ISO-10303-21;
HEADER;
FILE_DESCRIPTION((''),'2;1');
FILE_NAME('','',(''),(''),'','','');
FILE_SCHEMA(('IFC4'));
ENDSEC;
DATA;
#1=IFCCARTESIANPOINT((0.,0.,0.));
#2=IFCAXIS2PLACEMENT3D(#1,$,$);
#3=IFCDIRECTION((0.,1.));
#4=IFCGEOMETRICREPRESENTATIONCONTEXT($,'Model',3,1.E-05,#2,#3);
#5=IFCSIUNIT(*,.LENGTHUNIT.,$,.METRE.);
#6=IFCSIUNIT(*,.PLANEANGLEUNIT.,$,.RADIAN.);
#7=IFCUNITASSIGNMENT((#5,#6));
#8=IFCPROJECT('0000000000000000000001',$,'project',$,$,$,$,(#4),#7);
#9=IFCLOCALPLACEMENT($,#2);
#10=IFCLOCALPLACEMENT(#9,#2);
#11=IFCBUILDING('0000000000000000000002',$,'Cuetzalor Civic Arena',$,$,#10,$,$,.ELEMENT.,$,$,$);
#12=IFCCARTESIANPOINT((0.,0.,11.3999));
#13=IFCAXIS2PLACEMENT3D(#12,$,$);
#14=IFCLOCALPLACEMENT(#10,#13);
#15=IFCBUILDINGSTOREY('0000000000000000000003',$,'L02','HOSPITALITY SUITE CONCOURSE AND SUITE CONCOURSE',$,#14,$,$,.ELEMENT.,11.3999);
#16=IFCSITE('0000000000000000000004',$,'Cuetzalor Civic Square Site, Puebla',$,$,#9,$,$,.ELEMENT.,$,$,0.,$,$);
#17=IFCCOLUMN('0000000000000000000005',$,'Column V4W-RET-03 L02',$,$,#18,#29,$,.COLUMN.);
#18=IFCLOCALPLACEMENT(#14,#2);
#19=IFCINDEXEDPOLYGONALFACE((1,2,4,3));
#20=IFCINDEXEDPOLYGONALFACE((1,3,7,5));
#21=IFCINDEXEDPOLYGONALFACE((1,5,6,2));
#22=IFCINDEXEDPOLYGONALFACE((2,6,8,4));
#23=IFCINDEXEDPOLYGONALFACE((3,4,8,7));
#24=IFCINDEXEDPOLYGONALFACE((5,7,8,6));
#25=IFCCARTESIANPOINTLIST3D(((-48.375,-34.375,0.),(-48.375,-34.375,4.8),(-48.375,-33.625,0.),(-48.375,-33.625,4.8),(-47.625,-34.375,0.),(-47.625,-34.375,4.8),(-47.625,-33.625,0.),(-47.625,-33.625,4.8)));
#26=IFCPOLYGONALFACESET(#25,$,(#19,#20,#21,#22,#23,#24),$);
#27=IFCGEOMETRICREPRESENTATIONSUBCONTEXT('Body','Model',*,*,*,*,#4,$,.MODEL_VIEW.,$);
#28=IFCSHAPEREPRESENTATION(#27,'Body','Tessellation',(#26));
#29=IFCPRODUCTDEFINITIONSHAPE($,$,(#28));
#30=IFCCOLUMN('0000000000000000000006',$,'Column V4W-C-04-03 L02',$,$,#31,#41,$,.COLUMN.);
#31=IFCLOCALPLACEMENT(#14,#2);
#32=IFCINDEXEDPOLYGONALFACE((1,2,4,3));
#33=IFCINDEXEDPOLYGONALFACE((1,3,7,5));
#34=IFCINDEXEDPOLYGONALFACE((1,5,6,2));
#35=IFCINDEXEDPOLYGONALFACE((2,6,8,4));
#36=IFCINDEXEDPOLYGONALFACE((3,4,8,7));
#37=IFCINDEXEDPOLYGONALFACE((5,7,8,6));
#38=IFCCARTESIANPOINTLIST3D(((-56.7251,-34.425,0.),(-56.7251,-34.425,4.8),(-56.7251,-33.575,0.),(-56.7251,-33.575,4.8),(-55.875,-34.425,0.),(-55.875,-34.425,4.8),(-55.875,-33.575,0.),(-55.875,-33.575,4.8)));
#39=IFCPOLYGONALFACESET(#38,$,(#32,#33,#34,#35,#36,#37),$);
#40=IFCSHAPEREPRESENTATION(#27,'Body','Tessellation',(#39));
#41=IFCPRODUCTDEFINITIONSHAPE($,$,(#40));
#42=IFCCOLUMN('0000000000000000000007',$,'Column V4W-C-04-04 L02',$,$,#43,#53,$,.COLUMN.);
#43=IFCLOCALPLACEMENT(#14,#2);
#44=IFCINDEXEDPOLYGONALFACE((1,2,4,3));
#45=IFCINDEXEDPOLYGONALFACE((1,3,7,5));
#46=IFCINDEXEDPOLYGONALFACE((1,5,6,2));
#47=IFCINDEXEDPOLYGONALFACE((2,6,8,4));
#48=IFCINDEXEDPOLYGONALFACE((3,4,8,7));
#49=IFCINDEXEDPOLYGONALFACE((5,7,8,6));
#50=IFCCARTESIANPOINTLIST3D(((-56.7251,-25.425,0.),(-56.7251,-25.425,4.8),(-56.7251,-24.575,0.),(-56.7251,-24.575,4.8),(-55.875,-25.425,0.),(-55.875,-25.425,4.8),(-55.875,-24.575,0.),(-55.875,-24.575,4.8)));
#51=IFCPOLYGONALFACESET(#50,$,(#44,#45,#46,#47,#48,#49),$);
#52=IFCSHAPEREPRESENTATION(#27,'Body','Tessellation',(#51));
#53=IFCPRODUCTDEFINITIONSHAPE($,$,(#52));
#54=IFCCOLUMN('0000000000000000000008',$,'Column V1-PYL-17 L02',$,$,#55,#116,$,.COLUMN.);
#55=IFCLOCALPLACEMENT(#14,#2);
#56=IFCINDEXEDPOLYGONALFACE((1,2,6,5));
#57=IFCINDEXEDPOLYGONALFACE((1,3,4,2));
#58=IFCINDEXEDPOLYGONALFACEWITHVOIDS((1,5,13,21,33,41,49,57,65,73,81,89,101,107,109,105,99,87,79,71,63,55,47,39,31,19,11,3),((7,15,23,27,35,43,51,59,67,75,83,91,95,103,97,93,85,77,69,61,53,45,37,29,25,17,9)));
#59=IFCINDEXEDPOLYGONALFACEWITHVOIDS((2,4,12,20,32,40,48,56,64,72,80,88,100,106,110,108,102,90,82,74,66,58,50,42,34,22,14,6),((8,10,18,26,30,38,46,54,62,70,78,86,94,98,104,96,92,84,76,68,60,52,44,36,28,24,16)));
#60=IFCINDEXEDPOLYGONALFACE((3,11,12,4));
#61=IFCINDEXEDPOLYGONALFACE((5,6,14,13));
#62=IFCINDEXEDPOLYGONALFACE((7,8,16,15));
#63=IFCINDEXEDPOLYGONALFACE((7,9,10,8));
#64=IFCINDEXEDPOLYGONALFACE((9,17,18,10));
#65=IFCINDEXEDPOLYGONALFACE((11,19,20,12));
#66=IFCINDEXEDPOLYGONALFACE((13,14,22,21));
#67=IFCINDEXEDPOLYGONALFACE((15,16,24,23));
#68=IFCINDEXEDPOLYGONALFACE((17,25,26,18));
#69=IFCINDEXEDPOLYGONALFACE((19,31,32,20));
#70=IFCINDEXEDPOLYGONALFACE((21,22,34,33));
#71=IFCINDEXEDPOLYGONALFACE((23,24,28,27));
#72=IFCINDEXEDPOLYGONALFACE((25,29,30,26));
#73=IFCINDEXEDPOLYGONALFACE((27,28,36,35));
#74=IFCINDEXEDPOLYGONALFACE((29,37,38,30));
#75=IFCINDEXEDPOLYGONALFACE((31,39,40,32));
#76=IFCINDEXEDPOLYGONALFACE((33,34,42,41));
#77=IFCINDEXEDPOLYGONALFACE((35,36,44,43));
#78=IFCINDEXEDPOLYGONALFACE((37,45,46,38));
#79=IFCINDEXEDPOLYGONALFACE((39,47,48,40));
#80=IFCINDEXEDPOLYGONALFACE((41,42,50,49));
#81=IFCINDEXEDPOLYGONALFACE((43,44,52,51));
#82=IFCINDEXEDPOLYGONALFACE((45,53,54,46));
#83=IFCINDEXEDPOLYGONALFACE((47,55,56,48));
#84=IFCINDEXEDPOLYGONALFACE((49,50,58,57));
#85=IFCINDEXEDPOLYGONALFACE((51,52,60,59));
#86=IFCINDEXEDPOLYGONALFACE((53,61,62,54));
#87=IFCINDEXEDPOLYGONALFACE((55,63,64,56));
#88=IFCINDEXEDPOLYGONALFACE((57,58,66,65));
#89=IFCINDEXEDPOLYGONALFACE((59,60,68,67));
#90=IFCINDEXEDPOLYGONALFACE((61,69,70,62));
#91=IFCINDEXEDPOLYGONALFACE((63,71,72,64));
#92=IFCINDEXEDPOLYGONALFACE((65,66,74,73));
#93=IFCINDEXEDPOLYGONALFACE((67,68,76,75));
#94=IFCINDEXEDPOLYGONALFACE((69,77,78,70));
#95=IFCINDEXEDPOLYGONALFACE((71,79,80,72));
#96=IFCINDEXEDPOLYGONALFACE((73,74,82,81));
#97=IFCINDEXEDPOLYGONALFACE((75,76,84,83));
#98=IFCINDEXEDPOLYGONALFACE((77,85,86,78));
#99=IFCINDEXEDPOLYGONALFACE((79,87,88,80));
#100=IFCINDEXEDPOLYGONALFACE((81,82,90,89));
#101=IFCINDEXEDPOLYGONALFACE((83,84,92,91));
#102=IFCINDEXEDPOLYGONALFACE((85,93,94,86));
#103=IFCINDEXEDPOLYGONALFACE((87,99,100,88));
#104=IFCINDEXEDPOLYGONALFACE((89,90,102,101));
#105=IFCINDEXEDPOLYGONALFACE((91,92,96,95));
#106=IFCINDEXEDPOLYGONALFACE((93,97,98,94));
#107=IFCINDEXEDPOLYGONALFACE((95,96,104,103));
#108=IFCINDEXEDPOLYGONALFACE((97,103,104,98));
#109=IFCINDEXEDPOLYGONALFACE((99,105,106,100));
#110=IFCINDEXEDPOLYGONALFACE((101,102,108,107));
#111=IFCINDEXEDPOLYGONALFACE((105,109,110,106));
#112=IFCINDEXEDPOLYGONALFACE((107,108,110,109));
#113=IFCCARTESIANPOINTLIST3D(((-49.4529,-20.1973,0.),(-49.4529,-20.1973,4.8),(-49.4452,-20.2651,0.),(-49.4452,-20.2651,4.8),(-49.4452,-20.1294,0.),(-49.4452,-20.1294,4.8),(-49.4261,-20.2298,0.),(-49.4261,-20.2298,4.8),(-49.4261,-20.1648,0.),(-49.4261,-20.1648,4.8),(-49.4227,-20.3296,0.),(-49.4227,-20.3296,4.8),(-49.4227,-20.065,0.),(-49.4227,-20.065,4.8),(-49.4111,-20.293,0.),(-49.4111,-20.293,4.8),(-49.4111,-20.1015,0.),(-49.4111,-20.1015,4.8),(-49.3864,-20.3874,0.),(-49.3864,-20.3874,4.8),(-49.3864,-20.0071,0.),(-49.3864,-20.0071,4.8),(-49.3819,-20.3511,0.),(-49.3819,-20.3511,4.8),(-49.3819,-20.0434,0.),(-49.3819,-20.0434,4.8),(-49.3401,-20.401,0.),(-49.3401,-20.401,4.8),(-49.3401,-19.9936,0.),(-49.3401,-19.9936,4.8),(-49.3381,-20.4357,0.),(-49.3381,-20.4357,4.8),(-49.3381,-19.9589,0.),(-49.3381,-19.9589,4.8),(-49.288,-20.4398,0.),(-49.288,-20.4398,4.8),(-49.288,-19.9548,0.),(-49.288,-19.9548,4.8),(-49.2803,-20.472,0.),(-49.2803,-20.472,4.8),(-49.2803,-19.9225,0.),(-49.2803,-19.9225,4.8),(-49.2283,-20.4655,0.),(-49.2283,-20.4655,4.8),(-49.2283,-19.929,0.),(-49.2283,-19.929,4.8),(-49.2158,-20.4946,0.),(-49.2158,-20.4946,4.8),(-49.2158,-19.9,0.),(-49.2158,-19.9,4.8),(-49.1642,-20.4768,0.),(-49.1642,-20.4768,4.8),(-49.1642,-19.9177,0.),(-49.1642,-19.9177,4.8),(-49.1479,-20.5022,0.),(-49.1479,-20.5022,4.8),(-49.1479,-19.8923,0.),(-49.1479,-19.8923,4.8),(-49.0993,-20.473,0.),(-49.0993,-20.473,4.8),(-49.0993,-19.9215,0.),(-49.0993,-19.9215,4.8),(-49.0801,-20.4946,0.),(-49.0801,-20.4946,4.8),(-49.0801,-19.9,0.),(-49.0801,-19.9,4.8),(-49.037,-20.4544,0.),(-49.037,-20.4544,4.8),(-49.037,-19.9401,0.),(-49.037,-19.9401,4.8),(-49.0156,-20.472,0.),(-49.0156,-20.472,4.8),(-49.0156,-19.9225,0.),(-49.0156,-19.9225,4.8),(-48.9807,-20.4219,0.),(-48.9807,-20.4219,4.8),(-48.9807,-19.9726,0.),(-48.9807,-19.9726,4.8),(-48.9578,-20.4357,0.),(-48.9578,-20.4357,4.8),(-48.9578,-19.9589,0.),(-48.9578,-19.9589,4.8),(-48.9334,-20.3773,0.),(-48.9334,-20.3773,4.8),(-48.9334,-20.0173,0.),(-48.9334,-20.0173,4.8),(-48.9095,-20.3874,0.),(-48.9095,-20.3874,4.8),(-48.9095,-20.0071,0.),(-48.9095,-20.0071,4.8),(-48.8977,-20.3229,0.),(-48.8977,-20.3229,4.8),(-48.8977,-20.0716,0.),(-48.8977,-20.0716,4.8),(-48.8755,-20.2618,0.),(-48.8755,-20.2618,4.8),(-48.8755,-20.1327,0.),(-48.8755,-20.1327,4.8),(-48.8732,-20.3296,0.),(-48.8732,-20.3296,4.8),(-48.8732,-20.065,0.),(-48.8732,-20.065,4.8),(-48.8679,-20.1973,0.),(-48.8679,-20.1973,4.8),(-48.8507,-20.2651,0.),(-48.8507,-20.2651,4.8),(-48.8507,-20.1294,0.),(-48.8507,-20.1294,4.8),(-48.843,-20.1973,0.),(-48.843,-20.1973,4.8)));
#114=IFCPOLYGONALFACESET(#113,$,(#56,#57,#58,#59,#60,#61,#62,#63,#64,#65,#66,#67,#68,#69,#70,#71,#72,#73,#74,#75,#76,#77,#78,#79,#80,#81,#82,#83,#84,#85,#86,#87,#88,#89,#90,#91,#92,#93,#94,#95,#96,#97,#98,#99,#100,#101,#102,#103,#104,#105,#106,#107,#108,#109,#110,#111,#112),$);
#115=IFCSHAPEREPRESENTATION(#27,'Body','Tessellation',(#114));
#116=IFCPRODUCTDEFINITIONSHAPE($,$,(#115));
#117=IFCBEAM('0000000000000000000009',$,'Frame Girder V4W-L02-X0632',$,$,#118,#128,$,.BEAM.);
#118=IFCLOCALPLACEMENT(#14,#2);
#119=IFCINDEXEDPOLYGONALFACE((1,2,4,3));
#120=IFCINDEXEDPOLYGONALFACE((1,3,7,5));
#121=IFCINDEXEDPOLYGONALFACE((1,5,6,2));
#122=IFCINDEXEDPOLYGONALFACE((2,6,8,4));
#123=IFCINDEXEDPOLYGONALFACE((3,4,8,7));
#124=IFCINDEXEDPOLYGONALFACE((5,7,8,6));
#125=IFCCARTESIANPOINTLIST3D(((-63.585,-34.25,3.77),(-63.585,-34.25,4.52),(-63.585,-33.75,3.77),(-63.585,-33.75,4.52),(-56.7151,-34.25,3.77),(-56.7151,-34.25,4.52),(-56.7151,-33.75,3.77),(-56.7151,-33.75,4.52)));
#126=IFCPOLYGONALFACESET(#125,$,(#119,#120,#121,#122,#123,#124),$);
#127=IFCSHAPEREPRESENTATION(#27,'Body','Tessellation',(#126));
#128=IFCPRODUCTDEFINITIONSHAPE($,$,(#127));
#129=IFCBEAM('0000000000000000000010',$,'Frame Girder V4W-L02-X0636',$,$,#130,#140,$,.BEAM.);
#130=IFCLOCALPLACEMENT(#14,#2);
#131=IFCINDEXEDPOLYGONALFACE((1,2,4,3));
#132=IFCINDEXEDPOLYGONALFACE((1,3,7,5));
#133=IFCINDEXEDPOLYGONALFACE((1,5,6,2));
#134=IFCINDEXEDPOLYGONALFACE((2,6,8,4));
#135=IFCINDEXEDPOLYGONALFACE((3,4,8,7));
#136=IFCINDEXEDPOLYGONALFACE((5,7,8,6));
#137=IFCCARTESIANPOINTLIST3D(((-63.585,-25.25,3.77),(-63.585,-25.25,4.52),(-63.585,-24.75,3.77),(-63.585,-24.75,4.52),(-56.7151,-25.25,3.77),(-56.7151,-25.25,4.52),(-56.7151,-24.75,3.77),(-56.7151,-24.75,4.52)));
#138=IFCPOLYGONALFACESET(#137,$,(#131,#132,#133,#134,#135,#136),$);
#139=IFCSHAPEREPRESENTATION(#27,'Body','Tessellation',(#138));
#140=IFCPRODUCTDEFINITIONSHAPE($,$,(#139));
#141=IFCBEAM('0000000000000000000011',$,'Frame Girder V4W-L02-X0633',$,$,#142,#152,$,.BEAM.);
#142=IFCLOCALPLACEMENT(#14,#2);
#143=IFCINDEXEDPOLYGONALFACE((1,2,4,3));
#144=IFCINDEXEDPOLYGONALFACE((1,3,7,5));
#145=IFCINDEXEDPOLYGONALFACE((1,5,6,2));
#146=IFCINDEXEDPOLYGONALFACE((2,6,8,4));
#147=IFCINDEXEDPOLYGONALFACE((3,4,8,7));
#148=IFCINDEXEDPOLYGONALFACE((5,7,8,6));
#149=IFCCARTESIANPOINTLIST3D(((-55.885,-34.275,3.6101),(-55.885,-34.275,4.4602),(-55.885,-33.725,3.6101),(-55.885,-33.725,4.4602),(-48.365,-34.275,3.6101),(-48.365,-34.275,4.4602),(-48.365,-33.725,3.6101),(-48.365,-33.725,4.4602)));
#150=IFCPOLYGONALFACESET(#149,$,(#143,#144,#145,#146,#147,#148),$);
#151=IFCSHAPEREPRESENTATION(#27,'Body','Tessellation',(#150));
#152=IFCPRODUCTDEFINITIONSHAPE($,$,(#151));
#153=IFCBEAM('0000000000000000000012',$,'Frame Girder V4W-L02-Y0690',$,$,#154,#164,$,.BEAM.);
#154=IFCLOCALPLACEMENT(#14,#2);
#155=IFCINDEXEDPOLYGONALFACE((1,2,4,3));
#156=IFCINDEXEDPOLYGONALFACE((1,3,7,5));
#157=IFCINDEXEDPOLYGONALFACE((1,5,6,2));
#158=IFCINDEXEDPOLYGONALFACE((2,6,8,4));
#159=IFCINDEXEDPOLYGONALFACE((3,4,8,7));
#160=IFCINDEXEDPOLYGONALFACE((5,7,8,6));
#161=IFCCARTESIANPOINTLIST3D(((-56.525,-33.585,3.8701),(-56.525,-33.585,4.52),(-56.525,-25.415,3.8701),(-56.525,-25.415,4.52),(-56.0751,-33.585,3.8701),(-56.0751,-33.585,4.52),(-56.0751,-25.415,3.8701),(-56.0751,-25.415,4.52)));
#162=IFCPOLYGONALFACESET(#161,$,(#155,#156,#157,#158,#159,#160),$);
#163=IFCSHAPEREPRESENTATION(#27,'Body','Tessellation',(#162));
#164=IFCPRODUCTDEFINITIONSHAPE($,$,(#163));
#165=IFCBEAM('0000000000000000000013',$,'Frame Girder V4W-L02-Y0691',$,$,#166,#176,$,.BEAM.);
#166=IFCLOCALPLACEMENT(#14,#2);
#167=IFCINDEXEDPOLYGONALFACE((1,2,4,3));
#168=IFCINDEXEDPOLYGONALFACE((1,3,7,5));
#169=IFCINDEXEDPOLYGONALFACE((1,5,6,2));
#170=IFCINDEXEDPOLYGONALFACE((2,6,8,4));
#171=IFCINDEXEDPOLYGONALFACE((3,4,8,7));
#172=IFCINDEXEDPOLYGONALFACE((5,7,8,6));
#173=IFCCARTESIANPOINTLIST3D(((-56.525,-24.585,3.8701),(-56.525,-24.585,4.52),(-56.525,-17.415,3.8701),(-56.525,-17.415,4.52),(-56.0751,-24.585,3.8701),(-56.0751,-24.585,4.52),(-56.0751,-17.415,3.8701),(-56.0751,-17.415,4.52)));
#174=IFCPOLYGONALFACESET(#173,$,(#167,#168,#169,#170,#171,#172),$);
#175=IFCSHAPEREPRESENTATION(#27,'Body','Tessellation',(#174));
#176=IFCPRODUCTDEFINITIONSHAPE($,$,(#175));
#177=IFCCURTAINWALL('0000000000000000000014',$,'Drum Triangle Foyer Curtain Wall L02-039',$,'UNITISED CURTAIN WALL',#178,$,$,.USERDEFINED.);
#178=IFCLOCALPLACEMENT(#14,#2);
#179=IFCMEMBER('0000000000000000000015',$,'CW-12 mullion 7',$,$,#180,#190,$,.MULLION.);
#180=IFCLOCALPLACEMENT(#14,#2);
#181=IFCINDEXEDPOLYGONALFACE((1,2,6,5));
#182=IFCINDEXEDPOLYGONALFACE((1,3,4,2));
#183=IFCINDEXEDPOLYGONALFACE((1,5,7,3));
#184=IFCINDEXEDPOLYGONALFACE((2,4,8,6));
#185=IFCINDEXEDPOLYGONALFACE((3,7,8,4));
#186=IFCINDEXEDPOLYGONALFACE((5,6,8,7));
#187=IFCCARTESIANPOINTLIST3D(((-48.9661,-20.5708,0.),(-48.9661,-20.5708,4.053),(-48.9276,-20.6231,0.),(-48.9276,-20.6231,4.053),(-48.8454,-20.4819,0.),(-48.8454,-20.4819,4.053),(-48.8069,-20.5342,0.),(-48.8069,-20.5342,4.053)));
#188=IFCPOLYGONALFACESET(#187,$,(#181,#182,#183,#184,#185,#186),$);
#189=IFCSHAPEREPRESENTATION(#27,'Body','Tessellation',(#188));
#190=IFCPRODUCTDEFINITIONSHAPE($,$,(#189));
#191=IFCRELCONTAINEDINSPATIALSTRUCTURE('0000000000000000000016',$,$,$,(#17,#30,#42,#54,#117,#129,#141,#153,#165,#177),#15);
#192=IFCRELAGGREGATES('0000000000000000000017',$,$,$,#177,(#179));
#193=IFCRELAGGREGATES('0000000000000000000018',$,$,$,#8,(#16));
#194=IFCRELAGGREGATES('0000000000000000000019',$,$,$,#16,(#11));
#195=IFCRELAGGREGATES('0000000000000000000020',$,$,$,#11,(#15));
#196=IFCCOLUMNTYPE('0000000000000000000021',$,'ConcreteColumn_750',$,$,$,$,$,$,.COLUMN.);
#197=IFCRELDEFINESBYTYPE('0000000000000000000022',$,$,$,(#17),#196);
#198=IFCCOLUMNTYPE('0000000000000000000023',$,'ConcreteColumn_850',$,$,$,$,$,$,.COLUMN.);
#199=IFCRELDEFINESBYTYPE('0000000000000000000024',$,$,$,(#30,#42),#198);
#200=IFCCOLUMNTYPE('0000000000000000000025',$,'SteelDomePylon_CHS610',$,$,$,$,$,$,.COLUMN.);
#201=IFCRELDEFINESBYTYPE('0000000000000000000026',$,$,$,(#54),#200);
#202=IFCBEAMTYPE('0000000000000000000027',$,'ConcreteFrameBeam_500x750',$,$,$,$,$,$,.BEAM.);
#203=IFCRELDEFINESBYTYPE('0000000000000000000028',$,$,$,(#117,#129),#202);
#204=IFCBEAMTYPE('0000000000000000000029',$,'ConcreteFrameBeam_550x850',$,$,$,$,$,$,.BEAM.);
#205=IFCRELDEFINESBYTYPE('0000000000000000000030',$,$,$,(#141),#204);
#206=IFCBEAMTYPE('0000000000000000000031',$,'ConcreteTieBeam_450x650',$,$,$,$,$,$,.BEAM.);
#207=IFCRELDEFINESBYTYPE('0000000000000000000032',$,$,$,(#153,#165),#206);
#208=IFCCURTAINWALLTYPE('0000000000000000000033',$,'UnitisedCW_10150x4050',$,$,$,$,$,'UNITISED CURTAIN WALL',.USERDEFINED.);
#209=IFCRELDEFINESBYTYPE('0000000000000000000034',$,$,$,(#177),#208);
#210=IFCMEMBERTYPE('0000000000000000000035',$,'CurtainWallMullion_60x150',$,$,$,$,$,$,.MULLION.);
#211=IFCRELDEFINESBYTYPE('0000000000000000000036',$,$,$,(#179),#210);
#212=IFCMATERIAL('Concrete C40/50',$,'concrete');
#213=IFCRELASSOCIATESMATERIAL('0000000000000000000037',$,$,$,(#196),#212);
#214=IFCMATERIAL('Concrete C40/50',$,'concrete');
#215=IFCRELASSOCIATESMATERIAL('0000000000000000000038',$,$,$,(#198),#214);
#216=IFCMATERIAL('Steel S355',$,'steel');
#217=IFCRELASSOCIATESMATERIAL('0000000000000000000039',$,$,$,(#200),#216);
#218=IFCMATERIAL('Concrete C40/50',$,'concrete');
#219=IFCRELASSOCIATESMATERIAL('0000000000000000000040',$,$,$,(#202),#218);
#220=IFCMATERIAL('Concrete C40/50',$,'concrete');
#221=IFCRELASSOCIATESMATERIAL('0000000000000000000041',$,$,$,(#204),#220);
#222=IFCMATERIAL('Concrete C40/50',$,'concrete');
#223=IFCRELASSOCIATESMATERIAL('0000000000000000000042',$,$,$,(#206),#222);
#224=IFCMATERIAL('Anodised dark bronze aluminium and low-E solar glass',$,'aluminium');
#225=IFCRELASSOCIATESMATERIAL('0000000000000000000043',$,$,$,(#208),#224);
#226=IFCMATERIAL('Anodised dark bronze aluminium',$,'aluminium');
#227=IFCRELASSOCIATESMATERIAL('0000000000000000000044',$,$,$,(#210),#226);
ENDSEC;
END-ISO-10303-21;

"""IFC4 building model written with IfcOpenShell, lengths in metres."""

from ifc_helpers import new_model, si_unit, direction, frame, origin, origin_2d, place, context, subcontext, project, spatial, rectangle, hollow_circle, extrude, material, material_profile, profile_set, type_object, element, aggregate, save


model = new_model("IFC4")

# Units and contexts
model_context = context("Model", 3, precision=1e-05, world=origin(), true_north=direction((0.0, 1.0)))
body_context = subcontext(model_context, "Body", "Model", "MODEL_VIEW")
ifc_project = project(units=[si_unit("LENGTHUNIT", "METRE"), si_unit("PLANEANGLEUNIT", "RADIAN")], contexts=[model_context])

# Site, building, storey
site_placement = place(None, origin())
site = spatial("IfcSite", under=ifc_project, at=site_placement, Name="Cuetzalor Civic Square Site, Puebla", CompositionType="ELEMENT", RefElevation=0.0)
building_placement = place(site_placement, origin())
building = spatial("IfcBuilding", under=site, at=building_placement, Name="Cuetzalor Civic Arena", CompositionType="ELEMENT")
storey_placement = place(building_placement, frame((0.0, 0.0, 11.3999)))
storey = spatial("IfcBuildingStorey", under=building, at=storey_placement, Name="L02", Description="HOSPITALITY SUITE CONCOURSE AND SUITE CONCOURSE", CompositionType="ELEMENT", Elevation=11.3999)

# Columns
ifc_material_1 = material(Name="Concrete C40/50", Category="concrete")
ifc_material_profile_1 = material_profile(ifc_material_1, rectangle(XDim=0.75, YDim=0.75, at=origin_2d()), Name="RC 750x750")
ifc_profile_set_1 = profile_set([ifc_material_profile_1], Name="Concrete C40/50")
column_type_1 = type_object("IfcColumnType", Name="ConcreteColumn_750", PredefinedType="COLUMN", material=ifc_profile_set_1)
column_1_placement = place(storey_placement, frame((-48.0, -34.0, 0.0), z_axis=(0.0, 0.0, 1.0), x_axis=(1.0, 0.0, 0.0)))
element("IfcColumn", 1, at=column_1_placement, inside=storey, type_object=column_type_1, Name="Column V4W-RET-03 L02", PredefinedType="COLUMN", context=body_context, shape_type="SweptSolid", body=[
    extrude(rectangle(XDim=0.75, YDim=0.75, at=origin_2d()), origin(), (0.0, 0.0, 1.0), 4.8),
])
ifc_material_2 = material(Name="Concrete C40/50", Category="concrete")
ifc_material_profile_2 = material_profile(ifc_material_2, rectangle(XDim=0.8501, YDim=0.8501, at=origin_2d()), Name="RC 850x850")
ifc_profile_set_2 = profile_set([ifc_material_profile_2], Name="Concrete C40/50")
column_type_2 = type_object("IfcColumnType", Name="ConcreteColumn_850", PredefinedType="COLUMN", material=ifc_profile_set_2)
for number, where, z_axis, x_axis, name in (
    (2, (-56.3, -34.0, 0.0), (0.0, 0.0, 1.0), (1.0, 0.0, 0.0), "Column V4W-C-04-03 L02"),
    (3, (-56.3, -25.0, 0.0), (0.0, 0.0, 1.0), (1.0, 0.0, 0.0), "Column V4W-C-04-04 L02"),
):
    element("IfcColumn", number, at=place(storey_placement, frame(where, z_axis=z_axis, x_axis=x_axis)), inside=storey, type_object=column_type_2, Name=name, PredefinedType="COLUMN", context=body_context, shape_type="SweptSolid", body=[
        extrude(rectangle(XDim=0.8501, YDim=0.8501, at=origin_2d()), origin(), (0.0, 0.0, 1.0), 4.8),
    ])
ifc_material_3 = material(Name="Steel S355", Category="steel")
ifc_material_profile_3 = material_profile(ifc_material_3, hollow_circle(Radius=0.3049, WallThickness=0.0249, at=origin_2d()), Name="CHS 610x25")
ifc_profile_set_3 = profile_set([ifc_material_profile_3], Name="Steel S355")
column_type_3 = type_object("IfcColumnType", Name="SteelDomePylon_CHS610", PredefinedType="COLUMN", material=ifc_profile_set_3)
column_2_placement = place(storey_placement, frame((-49.1479, -20.1973, 0.0), z_axis=(0.0, 0.0, 1.0), x_axis=(1.0, 0.0, 0.0)))
element("IfcColumn", 4, at=column_2_placement, inside=storey, type_object=column_type_3, Name="Column V1-PYL-17 L02", PredefinedType="COLUMN", context=body_context, shape_type="SweptSolid", body=[
    extrude(hollow_circle(Radius=0.3049, WallThickness=0.0249, at=origin_2d()), origin(), (0.0, 0.0, 1.0), 4.8),
])

# Beams
ifc_material_4 = material(Name="Concrete C40/50", Category="concrete")
ifc_material_profile_4 = material_profile(ifc_material_4, rectangle(XDim=0.5, YDim=0.75, at=origin_2d()), Name="RC 500x750")
ifc_profile_set_4 = profile_set([ifc_material_profile_4], Name="Concrete C40/50")
beam_type_1 = type_object("IfcBeamType", Name="ConcreteFrameBeam_500x750", PredefinedType="BEAM", material=ifc_profile_set_4)
for number, where, z_axis, x_axis, name in (
    (5, (-63.585, -34.0, 4.145), (1.0, 0.0, 0.0), (0.0, 1.0, 0.0), "Frame Girder V4W-L02-X0632"),
    (6, (-63.585, -25.0, 4.145), (1.0, 0.0, 0.0), (0.0, 1.0, 0.0), "Frame Girder V4W-L02-X0636"),
):
    element("IfcBeam", number, at=place(storey_placement, frame(where, z_axis=z_axis, x_axis=x_axis)), inside=storey, type_object=beam_type_1, Name=name, PredefinedType="BEAM", context=body_context, shape_type="SweptSolid", body=[
        extrude(rectangle(XDim=0.5, YDim=0.75, at=origin_2d()), origin(), (0.0, 0.0, 1.0), 6.8699),
    ])
ifc_material_5 = material(Name="Concrete C40/50", Category="concrete")
ifc_material_profile_5 = material_profile(ifc_material_5, rectangle(XDim=0.55, YDim=0.8501, at=origin_2d()), Name="RC 550x850")
ifc_profile_set_5 = profile_set([ifc_material_profile_5], Name="Concrete C40/50")
beam_type_2 = type_object("IfcBeamType", Name="ConcreteFrameBeam_550x850", PredefinedType="BEAM", material=ifc_profile_set_5)
beam_1_placement = place(storey_placement, frame((-55.885, -34.0, 4.0352), z_axis=(1.0, 0.0, 0.0), x_axis=(0.0, 1.0, 0.0)))
element("IfcBeam", 7, at=beam_1_placement, inside=storey, type_object=beam_type_2, Name="Frame Girder V4W-L02-X0633", PredefinedType="BEAM", context=body_context, shape_type="SweptSolid", body=[
    extrude(rectangle(XDim=0.55, YDim=0.8501, at=origin_2d()), origin(), (0.0, 0.0, 1.0), 7.52),
])
ifc_material_6 = material(Name="Concrete C40/50", Category="concrete")
ifc_material_profile_6 = material_profile(ifc_material_6, rectangle(XDim=0.45, YDim=0.6499, at=origin_2d()), Name="RC 450x650")
ifc_profile_set_6 = profile_set([ifc_material_profile_6], Name="Concrete C40/50")
beam_type_3 = type_object("IfcBeamType", Name="ConcreteTieBeam_450x650", PredefinedType="BEAM", material=ifc_profile_set_6)
beam_2_placement = place(storey_placement, frame((-56.3, -33.585, 4.1951), z_axis=(0.0, 1.0, 0.0), x_axis=(-1.0, 0.0, 0.0)))
element("IfcBeam", 8, at=beam_2_placement, inside=storey, type_object=beam_type_3, Name="Frame Girder V4W-L02-Y0690", PredefinedType="BEAM", context=body_context, shape_type="SweptSolid", body=[
    extrude(rectangle(XDim=0.45, YDim=0.6499, at=origin_2d()), origin(), (0.0, 0.0, 1.0), 8.1699),
])
beam_3_placement = place(storey_placement, frame((-56.3, -24.585, 4.1951), z_axis=(0.0, 1.0, 0.0), x_axis=(-1.0, 0.0, 0.0)))
element("IfcBeam", 9, at=beam_3_placement, inside=storey, type_object=beam_type_3, Name="Frame Girder V4W-L02-Y0691", PredefinedType="BEAM", context=body_context, shape_type="SweptSolid", body=[
    extrude(rectangle(XDim=0.45, YDim=0.6499, at=origin_2d()), origin(), (0.0, 0.0, 1.0), 7.1699),
])

# Curtain wall, member
ifc_material_7 = material(Name="Anodised dark bronze aluminium and low-E solar glass", Category="aluminium")
curtain_wall_type = type_object("IfcCurtainWallType", Name="UnitisedCW_10150x4050", ElementType="UNITISED CURTAIN WALL", PredefinedType="USERDEFINED", material=ifc_material_7)
curtain_wall_placement = place(storey_placement, origin())
curtain_wall = element("IfcCurtainWall", 10, at=curtain_wall_placement, inside=storey, type_object=curtain_wall_type, Name="Drum Triangle Foyer Curtain Wall L02-039", ObjectType="UNITISED CURTAIN WALL", PredefinedType="USERDEFINED")
ifc_material_8 = material(Name="Anodised dark bronze aluminium", Category="aluminium")
ifc_material_profile_7 = material_profile(ifc_material_8, rectangle(XDim=0.0649, YDim=0.1499, at=origin_2d()), Name="ALU MULLION 65x150")
ifc_profile_set_7 = profile_set([ifc_material_profile_7], Name="Anodised dark bronze aluminium")
member_type = type_object("IfcMemberType", Name="CurtainWallMullion_60x150", PredefinedType="MULLION", material=ifc_profile_set_7)
member_placement = place(storey_placement, frame((-48.8865, -20.5525, 0.0), z_axis=(0.0, 0.0, 1.0), x_axis=(-0.592929, 0.805255, 0.0)))
member = element("IfcMember", 11, at=member_placement, type_object=member_type, Name="CW-12 mullion 7", PredefinedType="MULLION", context=body_context, shape_type="SweptSolid", body=[
    extrude(rectangle(XDim=0.0649, YDim=0.1499, at=origin_2d()), origin(), (0.0, 0.0, 1.0), 4.053),
])

aggregate(curtain_wall, [member])

save(model, "model.ifc")
